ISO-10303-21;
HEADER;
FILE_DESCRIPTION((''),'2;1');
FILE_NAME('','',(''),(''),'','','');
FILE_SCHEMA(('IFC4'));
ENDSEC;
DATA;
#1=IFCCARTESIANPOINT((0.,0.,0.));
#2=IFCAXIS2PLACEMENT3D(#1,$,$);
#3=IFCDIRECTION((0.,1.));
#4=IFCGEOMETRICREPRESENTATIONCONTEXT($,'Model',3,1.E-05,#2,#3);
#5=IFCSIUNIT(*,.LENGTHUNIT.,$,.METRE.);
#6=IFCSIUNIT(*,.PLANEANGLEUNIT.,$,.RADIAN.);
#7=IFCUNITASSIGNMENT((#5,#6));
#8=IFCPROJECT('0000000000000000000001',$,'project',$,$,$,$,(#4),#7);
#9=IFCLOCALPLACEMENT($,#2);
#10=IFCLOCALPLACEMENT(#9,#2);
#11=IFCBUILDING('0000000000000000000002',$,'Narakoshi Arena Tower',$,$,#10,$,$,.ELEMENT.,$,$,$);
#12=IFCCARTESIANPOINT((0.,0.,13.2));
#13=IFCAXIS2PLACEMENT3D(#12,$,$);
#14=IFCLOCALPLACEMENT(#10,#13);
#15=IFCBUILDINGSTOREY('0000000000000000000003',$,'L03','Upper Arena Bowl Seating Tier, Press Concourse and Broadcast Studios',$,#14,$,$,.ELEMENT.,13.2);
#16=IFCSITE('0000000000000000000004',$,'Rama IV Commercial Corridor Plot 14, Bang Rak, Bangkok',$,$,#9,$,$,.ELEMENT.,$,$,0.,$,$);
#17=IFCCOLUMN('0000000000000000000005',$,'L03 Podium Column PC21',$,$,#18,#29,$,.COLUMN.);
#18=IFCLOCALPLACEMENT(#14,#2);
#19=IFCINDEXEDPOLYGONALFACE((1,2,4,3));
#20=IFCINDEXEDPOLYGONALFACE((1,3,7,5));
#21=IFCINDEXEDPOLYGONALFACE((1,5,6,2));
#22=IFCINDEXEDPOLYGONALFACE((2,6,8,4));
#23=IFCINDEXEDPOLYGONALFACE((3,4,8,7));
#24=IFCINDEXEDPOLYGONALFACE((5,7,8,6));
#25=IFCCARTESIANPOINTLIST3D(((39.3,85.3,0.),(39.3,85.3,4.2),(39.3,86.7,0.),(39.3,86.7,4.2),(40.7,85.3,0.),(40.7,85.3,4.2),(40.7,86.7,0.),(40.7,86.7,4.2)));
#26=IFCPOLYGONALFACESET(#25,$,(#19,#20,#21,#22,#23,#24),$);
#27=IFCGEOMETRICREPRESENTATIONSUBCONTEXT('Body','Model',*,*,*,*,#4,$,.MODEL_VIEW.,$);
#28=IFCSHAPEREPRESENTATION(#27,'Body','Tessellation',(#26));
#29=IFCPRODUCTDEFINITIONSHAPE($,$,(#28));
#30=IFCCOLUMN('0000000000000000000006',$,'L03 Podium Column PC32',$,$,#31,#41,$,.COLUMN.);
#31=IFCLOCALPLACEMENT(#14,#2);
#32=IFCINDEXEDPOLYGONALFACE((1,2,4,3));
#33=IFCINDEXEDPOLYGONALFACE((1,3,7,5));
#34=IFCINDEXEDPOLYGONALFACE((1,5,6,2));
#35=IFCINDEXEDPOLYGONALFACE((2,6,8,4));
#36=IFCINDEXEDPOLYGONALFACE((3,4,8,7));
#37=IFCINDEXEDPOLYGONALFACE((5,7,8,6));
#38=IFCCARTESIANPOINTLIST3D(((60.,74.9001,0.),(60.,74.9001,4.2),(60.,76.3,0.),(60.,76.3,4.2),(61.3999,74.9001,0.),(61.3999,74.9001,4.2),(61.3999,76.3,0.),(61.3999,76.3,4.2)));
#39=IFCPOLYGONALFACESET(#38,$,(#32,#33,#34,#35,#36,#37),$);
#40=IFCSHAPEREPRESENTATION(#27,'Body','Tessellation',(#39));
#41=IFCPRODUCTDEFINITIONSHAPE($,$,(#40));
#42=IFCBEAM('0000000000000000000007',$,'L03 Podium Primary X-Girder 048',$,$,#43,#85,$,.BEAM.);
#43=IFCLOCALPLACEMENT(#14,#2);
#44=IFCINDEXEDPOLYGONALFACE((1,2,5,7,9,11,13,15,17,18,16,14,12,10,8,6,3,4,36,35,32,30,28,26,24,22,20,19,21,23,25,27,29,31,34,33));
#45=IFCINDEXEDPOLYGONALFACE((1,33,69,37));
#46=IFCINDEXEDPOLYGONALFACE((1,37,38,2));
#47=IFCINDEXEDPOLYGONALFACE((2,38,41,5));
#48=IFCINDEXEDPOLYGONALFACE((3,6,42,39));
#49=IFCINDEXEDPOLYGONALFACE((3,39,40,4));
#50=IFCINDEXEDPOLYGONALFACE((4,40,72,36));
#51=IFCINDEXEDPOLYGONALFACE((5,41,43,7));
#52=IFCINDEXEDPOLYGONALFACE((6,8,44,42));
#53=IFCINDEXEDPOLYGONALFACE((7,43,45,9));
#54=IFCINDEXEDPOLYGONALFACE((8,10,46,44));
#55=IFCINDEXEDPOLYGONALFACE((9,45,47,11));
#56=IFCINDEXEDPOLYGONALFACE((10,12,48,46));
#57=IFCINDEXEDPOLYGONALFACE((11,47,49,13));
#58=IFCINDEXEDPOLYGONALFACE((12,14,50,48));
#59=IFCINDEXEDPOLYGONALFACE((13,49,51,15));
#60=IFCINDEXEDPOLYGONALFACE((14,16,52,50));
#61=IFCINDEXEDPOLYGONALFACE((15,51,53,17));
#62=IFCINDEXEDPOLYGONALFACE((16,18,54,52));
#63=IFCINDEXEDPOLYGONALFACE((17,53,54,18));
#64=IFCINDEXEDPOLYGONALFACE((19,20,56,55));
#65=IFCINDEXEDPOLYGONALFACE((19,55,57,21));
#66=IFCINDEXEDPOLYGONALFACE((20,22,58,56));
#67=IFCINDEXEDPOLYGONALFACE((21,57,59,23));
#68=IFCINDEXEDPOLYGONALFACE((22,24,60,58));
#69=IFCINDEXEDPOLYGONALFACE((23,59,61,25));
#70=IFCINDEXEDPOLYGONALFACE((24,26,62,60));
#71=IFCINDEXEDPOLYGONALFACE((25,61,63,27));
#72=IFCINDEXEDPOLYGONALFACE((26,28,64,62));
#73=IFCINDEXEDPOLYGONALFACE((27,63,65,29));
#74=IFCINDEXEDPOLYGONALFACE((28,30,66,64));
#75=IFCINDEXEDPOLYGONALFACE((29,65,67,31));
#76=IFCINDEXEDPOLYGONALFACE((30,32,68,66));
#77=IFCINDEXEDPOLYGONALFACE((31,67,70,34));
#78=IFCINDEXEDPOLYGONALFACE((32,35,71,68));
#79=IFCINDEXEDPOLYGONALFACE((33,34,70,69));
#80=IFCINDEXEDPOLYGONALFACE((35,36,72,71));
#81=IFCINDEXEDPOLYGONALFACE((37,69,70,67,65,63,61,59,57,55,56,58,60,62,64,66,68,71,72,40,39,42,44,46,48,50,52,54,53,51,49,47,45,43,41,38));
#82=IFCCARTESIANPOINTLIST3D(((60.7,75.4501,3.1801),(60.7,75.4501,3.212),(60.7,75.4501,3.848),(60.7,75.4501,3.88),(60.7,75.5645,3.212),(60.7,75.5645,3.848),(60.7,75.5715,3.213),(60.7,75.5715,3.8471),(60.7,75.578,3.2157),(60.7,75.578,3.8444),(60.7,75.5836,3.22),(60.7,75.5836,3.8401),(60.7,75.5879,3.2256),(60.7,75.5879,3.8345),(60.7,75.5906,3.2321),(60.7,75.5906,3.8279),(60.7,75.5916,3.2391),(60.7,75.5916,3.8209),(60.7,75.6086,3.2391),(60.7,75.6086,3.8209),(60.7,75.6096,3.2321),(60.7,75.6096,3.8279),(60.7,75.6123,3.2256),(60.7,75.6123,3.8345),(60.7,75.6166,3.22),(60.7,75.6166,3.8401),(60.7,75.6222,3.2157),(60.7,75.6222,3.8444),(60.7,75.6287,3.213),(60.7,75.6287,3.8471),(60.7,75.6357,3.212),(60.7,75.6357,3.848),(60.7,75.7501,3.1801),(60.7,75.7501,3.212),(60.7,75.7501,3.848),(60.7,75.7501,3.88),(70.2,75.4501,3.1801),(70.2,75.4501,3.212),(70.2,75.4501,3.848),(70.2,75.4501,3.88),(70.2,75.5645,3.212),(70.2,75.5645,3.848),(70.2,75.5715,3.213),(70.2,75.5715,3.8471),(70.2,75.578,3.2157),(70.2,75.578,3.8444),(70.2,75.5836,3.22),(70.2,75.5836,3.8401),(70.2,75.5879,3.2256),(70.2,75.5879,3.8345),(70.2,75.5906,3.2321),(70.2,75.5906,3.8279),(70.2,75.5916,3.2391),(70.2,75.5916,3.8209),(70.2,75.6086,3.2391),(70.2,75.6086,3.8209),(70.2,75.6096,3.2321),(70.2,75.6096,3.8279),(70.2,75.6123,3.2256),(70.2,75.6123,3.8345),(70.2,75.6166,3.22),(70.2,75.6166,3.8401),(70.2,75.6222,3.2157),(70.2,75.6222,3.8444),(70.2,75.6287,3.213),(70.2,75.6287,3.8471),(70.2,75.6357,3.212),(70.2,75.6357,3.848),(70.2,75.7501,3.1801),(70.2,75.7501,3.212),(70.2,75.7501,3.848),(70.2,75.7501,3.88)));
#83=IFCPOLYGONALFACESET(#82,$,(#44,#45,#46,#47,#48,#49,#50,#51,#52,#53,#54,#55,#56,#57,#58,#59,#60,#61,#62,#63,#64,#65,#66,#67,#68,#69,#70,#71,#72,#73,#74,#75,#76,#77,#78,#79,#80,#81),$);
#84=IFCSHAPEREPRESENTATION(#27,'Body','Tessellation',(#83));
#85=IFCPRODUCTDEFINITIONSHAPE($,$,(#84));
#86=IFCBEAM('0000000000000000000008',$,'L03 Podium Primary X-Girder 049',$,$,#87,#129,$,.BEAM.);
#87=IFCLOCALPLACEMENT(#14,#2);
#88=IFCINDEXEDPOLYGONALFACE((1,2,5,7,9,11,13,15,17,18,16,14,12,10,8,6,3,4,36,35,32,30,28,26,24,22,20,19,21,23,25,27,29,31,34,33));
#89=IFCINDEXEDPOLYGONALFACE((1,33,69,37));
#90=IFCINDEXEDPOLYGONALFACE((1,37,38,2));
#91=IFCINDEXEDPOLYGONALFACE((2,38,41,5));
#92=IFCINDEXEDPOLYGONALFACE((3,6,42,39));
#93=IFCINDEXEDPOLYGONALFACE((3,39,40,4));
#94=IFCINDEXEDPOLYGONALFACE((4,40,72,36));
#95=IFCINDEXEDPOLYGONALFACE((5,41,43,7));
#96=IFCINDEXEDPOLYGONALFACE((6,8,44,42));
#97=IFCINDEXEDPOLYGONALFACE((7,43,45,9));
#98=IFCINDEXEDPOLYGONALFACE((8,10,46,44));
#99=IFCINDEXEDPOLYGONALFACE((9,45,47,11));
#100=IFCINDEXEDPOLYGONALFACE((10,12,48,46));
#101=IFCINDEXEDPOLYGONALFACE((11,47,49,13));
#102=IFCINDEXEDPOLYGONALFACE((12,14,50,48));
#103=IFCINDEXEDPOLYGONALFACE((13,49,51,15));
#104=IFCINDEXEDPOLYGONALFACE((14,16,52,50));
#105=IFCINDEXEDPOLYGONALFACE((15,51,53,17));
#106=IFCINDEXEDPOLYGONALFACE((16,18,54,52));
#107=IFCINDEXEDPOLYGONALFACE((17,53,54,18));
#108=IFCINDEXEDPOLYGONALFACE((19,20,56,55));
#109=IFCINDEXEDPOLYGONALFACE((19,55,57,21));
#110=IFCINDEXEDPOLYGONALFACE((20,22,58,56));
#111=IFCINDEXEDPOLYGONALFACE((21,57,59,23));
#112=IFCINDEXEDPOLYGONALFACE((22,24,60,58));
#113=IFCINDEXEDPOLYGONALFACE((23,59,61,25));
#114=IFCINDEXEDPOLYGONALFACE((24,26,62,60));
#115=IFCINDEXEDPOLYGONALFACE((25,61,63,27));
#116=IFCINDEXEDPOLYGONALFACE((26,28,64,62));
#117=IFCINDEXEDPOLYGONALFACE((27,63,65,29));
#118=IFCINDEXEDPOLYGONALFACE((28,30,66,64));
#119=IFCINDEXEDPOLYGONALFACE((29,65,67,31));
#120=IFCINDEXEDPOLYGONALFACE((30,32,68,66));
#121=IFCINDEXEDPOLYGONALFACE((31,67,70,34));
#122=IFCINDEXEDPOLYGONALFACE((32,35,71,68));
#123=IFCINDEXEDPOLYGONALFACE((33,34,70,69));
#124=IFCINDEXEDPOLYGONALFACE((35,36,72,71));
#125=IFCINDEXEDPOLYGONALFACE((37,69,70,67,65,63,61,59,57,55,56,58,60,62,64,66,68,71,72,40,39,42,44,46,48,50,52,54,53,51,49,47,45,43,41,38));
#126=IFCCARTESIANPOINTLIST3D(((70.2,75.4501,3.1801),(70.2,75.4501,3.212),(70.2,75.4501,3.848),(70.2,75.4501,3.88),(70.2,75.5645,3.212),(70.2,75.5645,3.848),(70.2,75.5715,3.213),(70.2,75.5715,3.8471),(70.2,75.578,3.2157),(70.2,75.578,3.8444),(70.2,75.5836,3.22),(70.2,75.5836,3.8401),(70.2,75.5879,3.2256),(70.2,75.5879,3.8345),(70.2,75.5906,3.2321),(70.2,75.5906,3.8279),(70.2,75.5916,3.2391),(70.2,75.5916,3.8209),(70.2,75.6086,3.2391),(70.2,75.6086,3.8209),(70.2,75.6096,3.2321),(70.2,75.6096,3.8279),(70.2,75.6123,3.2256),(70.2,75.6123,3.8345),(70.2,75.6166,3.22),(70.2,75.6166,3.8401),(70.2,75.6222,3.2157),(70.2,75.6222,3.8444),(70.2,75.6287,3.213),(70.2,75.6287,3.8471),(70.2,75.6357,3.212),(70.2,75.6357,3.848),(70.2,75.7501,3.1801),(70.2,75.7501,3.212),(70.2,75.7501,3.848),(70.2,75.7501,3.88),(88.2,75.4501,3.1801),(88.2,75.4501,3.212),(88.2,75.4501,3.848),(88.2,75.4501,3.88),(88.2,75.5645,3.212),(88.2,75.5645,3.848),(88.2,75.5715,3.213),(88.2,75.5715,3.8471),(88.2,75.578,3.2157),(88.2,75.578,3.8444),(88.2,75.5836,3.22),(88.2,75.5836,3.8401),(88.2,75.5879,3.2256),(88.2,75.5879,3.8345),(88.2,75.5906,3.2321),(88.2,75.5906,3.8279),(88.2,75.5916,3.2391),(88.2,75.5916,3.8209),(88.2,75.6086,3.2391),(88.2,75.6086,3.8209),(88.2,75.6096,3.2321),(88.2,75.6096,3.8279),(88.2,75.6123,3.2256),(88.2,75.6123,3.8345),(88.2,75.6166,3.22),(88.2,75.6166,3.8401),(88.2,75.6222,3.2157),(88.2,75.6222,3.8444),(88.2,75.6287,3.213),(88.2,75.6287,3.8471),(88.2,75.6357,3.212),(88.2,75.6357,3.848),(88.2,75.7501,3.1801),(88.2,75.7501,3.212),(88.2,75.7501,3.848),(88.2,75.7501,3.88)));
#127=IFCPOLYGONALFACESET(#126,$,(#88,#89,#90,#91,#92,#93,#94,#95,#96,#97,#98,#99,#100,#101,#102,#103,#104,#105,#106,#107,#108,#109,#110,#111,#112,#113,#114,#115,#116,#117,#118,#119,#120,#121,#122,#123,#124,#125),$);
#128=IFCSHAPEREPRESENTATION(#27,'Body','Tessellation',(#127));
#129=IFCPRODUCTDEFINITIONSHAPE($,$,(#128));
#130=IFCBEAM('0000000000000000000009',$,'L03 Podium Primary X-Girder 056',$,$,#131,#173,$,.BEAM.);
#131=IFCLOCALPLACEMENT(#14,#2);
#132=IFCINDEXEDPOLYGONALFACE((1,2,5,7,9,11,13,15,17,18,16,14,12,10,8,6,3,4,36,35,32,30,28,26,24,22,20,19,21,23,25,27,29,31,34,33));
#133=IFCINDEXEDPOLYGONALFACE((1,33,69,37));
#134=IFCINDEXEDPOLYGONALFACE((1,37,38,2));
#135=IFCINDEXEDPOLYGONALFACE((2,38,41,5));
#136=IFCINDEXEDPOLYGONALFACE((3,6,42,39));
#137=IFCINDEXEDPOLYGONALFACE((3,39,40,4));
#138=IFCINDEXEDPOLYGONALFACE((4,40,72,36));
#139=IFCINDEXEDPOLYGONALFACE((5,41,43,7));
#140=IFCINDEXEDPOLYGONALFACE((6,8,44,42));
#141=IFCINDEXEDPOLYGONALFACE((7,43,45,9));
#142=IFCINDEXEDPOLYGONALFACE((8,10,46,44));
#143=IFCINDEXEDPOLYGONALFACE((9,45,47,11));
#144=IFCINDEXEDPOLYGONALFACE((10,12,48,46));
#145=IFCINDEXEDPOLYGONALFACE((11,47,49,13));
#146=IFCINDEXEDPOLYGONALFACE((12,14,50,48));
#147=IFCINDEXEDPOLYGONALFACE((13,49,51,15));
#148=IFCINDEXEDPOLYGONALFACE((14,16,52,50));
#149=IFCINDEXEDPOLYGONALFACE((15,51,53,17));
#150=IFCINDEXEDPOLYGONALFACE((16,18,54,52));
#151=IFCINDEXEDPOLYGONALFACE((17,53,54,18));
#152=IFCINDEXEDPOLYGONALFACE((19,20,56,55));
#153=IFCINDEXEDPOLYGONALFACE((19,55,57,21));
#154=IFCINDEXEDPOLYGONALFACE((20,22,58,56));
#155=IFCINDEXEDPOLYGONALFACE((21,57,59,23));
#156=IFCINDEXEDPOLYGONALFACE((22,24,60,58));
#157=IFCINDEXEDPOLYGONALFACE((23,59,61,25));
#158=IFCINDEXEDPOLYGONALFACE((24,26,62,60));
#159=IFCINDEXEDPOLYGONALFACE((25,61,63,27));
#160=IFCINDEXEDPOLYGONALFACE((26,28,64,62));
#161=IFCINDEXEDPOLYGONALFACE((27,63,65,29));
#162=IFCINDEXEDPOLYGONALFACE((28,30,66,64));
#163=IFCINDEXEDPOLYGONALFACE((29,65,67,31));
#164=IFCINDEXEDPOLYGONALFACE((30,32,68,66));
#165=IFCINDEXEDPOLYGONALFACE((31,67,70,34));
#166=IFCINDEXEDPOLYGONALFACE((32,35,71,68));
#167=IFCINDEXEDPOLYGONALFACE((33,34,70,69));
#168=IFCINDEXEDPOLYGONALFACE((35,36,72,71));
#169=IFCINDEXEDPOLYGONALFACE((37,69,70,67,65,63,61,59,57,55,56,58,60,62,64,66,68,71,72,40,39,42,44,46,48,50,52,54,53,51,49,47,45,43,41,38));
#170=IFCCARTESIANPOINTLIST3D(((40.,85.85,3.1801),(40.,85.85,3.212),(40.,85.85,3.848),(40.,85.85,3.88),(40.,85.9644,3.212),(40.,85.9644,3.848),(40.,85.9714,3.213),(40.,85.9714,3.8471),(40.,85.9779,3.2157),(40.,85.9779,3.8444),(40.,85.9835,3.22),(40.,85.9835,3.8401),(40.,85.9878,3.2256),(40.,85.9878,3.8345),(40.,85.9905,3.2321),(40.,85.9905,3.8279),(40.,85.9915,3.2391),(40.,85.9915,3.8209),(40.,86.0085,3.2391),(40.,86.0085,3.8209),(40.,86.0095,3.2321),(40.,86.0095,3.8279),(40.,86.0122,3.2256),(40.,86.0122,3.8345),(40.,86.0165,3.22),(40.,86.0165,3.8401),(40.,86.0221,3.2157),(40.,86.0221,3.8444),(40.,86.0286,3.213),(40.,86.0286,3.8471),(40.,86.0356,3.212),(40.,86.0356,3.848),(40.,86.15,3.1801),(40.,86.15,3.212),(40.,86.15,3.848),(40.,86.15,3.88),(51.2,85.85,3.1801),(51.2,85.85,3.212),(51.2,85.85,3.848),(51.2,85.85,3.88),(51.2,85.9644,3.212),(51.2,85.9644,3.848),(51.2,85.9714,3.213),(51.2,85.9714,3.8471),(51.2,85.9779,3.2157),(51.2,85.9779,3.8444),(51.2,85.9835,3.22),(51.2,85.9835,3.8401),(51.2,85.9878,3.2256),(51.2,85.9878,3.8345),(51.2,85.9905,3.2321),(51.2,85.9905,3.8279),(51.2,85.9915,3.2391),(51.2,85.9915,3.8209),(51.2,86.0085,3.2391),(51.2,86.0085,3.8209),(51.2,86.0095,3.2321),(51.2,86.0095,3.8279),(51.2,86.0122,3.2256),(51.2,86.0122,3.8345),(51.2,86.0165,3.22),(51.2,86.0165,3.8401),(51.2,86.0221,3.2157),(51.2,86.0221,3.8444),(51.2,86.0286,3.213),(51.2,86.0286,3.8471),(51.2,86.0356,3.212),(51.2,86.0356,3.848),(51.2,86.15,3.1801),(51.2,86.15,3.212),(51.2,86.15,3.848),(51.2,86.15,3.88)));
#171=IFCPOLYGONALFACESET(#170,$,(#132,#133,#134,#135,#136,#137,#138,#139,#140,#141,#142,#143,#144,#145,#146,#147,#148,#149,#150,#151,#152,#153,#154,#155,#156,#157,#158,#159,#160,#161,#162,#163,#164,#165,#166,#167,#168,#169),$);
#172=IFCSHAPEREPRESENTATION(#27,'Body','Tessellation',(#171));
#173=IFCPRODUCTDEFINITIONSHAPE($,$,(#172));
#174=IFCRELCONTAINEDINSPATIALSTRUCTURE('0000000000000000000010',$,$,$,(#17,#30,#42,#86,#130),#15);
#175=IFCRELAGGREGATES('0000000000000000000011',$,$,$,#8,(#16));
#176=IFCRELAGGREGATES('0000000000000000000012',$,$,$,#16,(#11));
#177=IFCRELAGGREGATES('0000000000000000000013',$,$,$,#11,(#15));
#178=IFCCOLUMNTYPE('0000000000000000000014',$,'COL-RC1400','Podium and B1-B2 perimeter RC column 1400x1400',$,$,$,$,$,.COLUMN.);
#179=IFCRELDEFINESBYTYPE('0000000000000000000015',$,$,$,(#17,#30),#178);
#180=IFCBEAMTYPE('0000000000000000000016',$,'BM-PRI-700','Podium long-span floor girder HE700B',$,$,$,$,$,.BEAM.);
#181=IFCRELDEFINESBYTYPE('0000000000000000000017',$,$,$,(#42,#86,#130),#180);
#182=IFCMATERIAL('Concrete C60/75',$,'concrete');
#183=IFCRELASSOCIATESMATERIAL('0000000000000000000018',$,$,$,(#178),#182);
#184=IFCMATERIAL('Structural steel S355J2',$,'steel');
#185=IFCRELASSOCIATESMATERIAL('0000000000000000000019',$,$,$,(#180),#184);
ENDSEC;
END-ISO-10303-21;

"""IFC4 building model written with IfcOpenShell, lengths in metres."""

from ifc_helpers import new_model, si_unit, direction, frame, origin, origin_2d, place, context, subcontext, project, spatial, rectangle, i_section, extrude, material, material_profile, profile_set, type_object, element, save


model = new_model("IFC4")

# Units and contexts
model_context = context("Model", 3, precision=1e-05, world=origin(), true_north=direction((0.0, 1.0)))
body_context = subcontext(model_context, "Body", "Model", "MODEL_VIEW")
ifc_project = project(units=[si_unit("LENGTHUNIT", "METRE"), si_unit("PLANEANGLEUNIT", "RADIAN")], contexts=[model_context])

# Site, building, storey
site_placement = place(None, origin())
site = spatial("IfcSite", under=ifc_project, at=site_placement, Name="Rama IV Commercial Corridor Plot 14, Bang Rak, Bangkok", CompositionType="ELEMENT", RefElevation=0.0)
building_placement = place(site_placement, origin())
building = spatial("IfcBuilding", under=site, at=building_placement, Name="Narakoshi Arena Tower", CompositionType="ELEMENT")
storey_placement = place(building_placement, frame((0.0, 0.0, 13.2)))
storey = spatial("IfcBuildingStorey", under=building, at=storey_placement, Name="L03", Description="Upper Arena Bowl Seating Tier, Press Concourse and Broadcast Studios", CompositionType="ELEMENT", Elevation=13.2)

# Columns
ifc_material_1 = material(Name="Concrete C60/75", Category="concrete")
ifc_material_profile_1 = material_profile(ifc_material_1, rectangle(XDim=1.3999, YDim=1.3999, at=origin_2d()), Name="RC1400x1400")
ifc_profile_set_1 = profile_set([ifc_material_profile_1], Name="Concrete C60/75")
column_type_1 = type_object("IfcColumnType", Name="COL-RC1400", Description="Podium and B1-B2 perimeter RC column 1400x1400", PredefinedType="COLUMN", material=ifc_profile_set_1)
for number, where, z_axis, x_axis, name in (
    (1, (40.0, 86.0, 0.0), (0.0, 0.0, 1.0), (1.0, 0.0, 0.0), "L03 Podium Column PC21"),
    (2, (60.7, 75.6001, 0.0), (0.0, 0.0, 1.0), (1.0, 0.0, 0.0), "L03 Podium Column PC32"),
):
    element("IfcColumn", number, at=place(storey_placement, frame(where, z_axis=z_axis, x_axis=x_axis)), inside=storey, type_object=column_type_1, Name=name, PredefinedType="COLUMN", context=body_context, shape_type="SweptSolid", body=[
        extrude(rectangle(XDim=1.3999, YDim=1.3999, at=origin_2d()), origin(), (0.0, 0.0, 1.0), 4.2),
    ])

# Beams
ifc_material_2 = material(Name="Structural steel S355J2", Category="steel")
ifc_material_profile_2 = material_profile(ifc_material_2, i_section(OverallWidth=0.3, OverallDepth=0.7, WebThickness=0.0171, FlangeThickness=0.032, FilletRadius=0.0271, at=origin_2d()), Name="HE700B")
ifc_profile_set_2 = profile_set([ifc_material_profile_2], Name="Structural steel S355J2")
beam_type_1 = type_object("IfcBeamType", Name="BM-PRI-700", Description="Podium long-span floor girder HE700B", PredefinedType="BEAM", material=ifc_profile_set_2)
beam_1_placement = place(storey_placement, frame((60.7, 75.6001, 3.53), z_axis=(1.0, 0.0, 0.0), x_axis=(0.0, 1.0, 0.0)))
element("IfcBeam", 3, at=beam_1_placement, inside=storey, type_object=beam_type_1, Name="L03 Podium Primary X-Girder 048", PredefinedType="BEAM", context=body_context, shape_type="SweptSolid", body=[
    extrude(i_section(OverallWidth=0.3, OverallDepth=0.7, WebThickness=0.0171, FlangeThickness=0.032, FilletRadius=0.0271, at=origin_2d()), origin(), (0.0, 0.0, 1.0), 9.5),
])
beam_2_placement = place(storey_placement, frame((70.2, 75.6001, 3.53), z_axis=(1.0, 0.0, 0.0), x_axis=(0.0, 1.0, 0.0)))
element("IfcBeam", 4, at=beam_2_placement, inside=storey, type_object=beam_type_1, Name="L03 Podium Primary X-Girder 049", PredefinedType="BEAM", context=body_context, shape_type="SweptSolid", body=[
    extrude(i_section(OverallWidth=0.3, OverallDepth=0.7, WebThickness=0.0171, FlangeThickness=0.032, FilletRadius=0.0271, at=origin_2d()), origin(), (0.0, 0.0, 1.0), 18.0),
])
beam_3_placement = place(storey_placement, frame((40.0, 86.0, 3.53), z_axis=(1.0, 0.0, 0.0), x_axis=(0.0, 1.0, 0.0)))
element("IfcBeam", 5, at=beam_3_placement, inside=storey, type_object=beam_type_1, Name="L03 Podium Primary X-Girder 056", PredefinedType="BEAM", context=body_context, shape_type="SweptSolid", body=[
    extrude(i_section(OverallWidth=0.3, OverallDepth=0.7, WebThickness=0.0171, FlangeThickness=0.032, FilletRadius=0.0271, at=origin_2d()), origin(), (0.0, 0.0, 1.0), 11.2),
])

save(model, "model.ifc")
